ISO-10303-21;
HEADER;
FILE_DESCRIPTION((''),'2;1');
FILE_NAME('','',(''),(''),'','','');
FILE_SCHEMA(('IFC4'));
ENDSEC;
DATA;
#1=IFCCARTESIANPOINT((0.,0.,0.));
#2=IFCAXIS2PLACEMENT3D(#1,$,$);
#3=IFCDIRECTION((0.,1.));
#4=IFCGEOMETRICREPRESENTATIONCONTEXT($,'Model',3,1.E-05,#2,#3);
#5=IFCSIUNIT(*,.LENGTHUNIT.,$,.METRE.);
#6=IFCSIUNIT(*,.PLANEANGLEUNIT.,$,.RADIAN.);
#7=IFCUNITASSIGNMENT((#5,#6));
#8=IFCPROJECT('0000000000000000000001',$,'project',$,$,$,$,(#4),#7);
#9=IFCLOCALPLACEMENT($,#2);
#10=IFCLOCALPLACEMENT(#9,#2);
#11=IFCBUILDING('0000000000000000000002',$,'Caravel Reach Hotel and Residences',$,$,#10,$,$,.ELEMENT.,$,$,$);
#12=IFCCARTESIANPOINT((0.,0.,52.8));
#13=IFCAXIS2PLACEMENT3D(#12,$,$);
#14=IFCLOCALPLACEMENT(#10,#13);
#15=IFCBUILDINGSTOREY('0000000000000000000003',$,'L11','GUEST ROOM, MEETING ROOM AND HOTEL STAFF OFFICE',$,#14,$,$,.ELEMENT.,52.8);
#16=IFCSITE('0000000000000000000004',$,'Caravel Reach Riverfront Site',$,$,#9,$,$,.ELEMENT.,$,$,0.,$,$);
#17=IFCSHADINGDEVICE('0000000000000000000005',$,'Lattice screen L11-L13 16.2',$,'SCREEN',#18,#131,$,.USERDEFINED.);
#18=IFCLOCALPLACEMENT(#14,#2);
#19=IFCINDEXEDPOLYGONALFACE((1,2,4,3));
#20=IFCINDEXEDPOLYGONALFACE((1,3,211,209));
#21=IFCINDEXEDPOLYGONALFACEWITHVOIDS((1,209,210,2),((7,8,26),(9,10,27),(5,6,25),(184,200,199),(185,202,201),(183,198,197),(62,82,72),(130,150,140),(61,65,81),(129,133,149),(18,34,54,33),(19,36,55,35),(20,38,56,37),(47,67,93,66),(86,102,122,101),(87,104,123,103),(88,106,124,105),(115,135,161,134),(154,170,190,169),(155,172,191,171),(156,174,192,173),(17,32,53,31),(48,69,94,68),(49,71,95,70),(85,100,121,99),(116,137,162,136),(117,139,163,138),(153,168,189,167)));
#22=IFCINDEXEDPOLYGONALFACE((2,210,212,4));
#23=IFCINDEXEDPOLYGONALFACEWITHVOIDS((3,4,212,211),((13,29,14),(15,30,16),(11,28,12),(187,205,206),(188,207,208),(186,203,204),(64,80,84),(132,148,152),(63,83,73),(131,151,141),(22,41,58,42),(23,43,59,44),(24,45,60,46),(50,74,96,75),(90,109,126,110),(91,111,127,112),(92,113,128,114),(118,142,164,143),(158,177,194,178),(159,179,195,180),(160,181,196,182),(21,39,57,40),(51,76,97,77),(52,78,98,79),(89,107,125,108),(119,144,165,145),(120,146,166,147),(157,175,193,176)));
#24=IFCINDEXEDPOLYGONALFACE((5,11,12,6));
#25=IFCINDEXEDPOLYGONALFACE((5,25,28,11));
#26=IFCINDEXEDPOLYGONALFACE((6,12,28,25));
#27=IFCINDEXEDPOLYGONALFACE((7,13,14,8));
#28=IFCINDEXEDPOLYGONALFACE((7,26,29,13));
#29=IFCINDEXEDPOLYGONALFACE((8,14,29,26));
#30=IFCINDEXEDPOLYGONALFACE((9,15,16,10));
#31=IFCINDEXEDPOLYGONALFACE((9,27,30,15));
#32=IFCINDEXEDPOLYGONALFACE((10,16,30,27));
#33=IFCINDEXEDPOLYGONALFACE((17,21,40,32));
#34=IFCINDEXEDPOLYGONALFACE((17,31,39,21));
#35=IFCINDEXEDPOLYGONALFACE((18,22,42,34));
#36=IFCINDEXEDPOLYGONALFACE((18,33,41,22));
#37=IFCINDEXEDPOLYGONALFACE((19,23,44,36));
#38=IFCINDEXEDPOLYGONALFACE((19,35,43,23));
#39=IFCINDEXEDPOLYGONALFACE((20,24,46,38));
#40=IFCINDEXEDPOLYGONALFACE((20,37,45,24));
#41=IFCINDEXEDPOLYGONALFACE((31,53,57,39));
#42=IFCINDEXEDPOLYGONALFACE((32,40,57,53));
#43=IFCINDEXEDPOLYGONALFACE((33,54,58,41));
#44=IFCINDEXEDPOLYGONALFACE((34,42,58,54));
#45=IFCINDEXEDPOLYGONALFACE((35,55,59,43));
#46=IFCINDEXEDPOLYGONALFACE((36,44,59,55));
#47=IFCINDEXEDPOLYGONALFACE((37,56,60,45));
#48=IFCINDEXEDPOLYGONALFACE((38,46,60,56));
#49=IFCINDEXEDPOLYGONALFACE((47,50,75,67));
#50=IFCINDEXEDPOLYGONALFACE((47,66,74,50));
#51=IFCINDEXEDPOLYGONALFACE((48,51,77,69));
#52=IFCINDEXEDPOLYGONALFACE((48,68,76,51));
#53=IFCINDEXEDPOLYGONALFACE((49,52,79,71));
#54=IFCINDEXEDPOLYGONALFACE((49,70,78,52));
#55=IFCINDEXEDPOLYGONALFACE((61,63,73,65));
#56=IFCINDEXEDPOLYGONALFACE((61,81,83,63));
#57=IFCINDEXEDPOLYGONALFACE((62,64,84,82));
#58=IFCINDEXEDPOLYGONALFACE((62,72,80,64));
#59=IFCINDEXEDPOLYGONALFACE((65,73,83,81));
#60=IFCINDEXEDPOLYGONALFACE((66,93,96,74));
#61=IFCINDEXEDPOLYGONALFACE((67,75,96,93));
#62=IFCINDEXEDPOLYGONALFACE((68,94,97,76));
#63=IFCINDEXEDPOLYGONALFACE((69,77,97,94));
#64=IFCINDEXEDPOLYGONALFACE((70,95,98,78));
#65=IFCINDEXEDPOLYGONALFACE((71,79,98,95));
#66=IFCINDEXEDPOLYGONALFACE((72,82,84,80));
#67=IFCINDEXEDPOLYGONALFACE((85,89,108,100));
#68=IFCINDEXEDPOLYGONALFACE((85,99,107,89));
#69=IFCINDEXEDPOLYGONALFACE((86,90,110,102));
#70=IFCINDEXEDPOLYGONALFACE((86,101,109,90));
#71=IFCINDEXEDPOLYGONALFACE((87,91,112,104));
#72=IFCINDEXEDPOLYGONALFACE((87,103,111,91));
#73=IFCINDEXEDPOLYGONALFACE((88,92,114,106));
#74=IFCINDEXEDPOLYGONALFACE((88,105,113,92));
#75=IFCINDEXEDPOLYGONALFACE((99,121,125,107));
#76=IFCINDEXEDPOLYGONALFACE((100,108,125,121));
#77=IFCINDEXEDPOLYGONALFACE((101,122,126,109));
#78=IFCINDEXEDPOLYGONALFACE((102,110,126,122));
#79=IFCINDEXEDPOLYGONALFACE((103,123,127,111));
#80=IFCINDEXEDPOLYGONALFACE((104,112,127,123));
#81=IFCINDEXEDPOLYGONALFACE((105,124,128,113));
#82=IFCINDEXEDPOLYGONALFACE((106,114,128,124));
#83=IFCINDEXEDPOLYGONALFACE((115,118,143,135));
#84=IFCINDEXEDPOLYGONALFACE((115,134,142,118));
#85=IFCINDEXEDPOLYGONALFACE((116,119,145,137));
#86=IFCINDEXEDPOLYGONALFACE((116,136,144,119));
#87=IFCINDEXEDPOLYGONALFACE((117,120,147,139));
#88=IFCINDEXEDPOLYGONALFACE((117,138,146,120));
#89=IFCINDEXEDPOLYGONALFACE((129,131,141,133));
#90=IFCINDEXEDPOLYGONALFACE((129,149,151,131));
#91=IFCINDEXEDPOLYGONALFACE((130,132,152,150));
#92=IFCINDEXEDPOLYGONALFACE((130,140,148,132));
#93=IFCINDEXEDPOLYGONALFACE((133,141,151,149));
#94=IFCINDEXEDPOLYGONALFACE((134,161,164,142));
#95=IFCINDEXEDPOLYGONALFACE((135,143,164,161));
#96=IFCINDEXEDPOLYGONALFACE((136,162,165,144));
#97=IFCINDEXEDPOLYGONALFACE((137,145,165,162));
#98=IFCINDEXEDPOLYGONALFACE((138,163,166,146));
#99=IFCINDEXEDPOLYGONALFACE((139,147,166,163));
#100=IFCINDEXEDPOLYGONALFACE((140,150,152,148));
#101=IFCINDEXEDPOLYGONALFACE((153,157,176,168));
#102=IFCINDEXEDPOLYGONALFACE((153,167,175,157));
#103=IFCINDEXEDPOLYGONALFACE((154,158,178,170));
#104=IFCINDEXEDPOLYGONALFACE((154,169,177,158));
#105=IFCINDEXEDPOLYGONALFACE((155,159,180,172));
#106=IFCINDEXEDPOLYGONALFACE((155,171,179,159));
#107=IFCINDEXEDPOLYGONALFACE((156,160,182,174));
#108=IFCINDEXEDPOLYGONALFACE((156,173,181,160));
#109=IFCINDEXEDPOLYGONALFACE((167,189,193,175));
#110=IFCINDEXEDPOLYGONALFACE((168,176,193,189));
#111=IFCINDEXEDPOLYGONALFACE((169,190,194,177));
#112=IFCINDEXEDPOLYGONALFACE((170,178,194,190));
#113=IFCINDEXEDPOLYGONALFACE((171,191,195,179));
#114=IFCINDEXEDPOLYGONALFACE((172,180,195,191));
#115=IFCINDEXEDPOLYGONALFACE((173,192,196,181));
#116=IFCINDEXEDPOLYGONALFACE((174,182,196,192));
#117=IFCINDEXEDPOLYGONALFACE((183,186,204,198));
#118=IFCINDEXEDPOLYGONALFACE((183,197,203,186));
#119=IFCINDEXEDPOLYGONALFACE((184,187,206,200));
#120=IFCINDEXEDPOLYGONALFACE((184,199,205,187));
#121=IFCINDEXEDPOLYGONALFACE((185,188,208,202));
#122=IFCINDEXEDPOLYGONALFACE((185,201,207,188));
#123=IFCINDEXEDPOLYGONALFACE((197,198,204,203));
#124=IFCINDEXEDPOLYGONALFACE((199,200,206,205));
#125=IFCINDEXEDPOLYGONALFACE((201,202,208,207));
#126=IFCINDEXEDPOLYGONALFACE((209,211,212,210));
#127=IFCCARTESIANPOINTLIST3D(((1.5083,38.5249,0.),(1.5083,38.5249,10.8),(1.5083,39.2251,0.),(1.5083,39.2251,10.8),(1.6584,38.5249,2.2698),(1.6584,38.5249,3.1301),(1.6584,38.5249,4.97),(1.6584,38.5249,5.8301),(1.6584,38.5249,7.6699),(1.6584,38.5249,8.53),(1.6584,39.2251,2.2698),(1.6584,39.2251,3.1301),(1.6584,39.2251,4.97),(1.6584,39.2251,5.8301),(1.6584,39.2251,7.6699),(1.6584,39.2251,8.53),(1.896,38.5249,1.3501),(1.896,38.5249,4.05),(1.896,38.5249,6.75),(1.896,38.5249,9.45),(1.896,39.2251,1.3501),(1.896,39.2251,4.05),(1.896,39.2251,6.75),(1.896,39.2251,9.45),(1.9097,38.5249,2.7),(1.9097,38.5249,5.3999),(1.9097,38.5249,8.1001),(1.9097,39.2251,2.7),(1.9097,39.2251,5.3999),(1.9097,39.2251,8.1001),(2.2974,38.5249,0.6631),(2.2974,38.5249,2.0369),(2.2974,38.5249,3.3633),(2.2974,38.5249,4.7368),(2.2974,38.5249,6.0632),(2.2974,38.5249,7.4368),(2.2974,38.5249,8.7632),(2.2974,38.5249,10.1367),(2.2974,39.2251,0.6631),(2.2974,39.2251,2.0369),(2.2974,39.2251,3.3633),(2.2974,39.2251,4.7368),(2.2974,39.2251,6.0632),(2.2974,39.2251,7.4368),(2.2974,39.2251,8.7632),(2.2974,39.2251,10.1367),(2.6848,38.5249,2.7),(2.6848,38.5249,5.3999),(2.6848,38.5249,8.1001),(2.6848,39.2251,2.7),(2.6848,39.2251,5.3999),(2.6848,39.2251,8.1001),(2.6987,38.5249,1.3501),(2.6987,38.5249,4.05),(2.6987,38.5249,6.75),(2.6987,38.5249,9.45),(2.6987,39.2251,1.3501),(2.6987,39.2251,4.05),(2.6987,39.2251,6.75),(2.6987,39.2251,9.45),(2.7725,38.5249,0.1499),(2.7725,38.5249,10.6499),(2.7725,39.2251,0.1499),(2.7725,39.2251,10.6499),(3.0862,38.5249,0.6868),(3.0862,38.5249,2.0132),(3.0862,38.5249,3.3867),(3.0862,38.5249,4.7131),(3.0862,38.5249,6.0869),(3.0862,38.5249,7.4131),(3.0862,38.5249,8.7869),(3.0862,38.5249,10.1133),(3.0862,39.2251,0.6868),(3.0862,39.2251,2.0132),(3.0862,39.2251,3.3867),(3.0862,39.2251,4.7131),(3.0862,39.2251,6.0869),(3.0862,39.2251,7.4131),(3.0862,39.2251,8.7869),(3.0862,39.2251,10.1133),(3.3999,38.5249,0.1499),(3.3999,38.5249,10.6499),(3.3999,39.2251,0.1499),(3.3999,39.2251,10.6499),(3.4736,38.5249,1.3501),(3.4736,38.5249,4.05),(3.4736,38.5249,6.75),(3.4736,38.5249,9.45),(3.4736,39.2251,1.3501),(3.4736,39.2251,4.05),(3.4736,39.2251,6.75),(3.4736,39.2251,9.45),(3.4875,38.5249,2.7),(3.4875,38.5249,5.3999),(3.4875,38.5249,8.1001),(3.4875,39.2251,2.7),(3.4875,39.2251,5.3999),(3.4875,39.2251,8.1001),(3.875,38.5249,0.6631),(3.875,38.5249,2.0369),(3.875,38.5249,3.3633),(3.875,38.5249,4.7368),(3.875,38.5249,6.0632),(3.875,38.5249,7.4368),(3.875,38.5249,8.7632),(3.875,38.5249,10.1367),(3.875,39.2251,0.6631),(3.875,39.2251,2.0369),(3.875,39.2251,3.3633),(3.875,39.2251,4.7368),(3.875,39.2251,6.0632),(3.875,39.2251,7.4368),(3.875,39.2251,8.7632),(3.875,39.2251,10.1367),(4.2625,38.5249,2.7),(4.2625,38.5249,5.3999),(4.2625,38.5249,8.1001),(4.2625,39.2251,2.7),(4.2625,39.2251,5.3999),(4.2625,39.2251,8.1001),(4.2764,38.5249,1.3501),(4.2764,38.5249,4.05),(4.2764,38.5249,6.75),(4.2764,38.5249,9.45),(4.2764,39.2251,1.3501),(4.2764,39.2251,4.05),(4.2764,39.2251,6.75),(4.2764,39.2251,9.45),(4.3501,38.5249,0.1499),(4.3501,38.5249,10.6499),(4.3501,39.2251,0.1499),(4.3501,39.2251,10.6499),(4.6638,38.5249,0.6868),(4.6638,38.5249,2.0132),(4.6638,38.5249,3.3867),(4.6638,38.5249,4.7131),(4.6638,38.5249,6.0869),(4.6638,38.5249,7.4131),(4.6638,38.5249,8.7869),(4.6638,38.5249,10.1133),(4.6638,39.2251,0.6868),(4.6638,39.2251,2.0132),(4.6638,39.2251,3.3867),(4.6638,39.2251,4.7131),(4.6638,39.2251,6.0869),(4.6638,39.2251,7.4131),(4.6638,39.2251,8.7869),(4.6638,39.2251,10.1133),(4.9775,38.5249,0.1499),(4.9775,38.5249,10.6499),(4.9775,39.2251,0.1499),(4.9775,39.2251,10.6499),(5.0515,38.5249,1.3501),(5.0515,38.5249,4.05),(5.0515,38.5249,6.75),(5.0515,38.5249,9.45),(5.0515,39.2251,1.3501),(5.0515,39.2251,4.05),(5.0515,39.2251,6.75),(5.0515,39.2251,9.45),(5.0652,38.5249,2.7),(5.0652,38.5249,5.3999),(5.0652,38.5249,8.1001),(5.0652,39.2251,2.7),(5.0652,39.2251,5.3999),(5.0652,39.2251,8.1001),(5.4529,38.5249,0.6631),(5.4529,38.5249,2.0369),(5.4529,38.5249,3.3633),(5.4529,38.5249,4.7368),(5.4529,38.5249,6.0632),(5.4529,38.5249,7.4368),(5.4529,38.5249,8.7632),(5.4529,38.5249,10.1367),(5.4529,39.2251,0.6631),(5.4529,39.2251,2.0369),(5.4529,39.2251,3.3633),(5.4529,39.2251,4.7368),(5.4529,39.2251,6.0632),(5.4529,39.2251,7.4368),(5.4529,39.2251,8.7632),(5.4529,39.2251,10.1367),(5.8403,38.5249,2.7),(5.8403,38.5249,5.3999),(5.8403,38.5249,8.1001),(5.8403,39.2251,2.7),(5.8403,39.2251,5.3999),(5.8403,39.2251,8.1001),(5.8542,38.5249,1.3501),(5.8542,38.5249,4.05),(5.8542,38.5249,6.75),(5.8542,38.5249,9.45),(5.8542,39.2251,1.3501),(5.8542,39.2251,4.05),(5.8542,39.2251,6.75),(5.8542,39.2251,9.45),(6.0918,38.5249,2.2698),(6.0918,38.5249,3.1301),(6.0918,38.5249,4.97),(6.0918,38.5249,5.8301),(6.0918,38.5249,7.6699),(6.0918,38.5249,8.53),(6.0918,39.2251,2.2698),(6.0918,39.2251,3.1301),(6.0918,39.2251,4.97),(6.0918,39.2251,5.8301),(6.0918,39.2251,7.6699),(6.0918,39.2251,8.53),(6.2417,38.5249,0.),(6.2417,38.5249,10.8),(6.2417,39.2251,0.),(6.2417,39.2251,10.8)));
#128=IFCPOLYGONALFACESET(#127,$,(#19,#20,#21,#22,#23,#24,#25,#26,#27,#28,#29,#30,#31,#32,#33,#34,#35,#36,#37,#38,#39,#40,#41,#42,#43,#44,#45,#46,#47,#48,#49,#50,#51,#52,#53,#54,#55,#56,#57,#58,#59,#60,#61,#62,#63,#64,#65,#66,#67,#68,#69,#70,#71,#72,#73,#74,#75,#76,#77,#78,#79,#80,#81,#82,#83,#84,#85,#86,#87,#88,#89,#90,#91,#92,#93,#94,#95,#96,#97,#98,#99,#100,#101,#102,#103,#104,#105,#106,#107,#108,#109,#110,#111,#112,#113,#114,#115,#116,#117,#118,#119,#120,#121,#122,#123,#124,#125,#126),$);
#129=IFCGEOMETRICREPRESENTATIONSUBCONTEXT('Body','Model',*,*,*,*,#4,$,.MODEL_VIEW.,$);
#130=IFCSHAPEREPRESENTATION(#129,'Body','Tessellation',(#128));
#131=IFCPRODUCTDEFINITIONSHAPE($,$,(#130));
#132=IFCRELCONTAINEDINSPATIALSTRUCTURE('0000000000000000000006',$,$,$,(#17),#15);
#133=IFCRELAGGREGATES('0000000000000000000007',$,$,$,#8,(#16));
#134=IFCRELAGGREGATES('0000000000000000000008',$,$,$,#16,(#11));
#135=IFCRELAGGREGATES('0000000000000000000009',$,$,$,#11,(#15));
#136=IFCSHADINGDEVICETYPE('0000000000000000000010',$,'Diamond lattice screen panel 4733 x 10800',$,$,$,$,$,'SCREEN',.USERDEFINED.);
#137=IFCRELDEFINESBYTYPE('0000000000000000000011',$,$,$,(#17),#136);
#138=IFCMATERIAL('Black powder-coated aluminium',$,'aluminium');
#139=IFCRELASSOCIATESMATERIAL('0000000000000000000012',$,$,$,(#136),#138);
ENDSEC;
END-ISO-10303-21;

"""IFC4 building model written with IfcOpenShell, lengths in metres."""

from ifc_helpers import new_model, si_unit, direction, frame, origin, place, context, subcontext, project, spatial, polyline, outline, extrude, material, type_object, element, save


model = new_model("IFC4")

# Units and contexts
model_context = context("Model", 3, precision=1e-05, world=origin(), true_north=direction((0.0, 1.0)))
body_context = subcontext(model_context, "Body", "Model", "MODEL_VIEW")
ifc_project = project(units=[si_unit("LENGTHUNIT", "METRE"), si_unit("PLANEANGLEUNIT", "RADIAN")], contexts=[model_context])

# Site, building, storey
site_placement = place(None, origin())
site = spatial("IfcSite", under=ifc_project, at=site_placement, Name="Caravel Reach Riverfront Site", CompositionType="ELEMENT", RefElevation=0.0)
building_placement = place(site_placement, origin())
building = spatial("IfcBuilding", under=site, at=building_placement, Name="Caravel Reach Hotel and Residences", CompositionType="ELEMENT")
storey_placement = place(building_placement, frame((0.0, 0.0, 52.8)))
storey = spatial("IfcBuildingStorey", under=building, at=storey_placement, Name="L11", Description="GUEST ROOM, MEETING ROOM AND HOTEL STAFF OFFICE", CompositionType="ELEMENT", Elevation=52.8)

# Shading device
ifc_material_1 = material(Name="Black powder-coated aluminium", Category="aluminium")
shading_device_type_1 = type_object("IfcShadingDeviceType", Name="Diamond lattice screen panel 4733 x 10800", ElementType="SCREEN", PredefinedType="USERDEFINED", material=ifc_material_1)
shading_device_1_placement = place(storey_placement, frame((6.2417, 38.5249, 0.0), z_axis=(0.0, 1.0, 0.0), x_axis=(-1.0, 0.0, 0.0)))
element("IfcShadingDevice", 1, at=shading_device_1_placement, inside=storey, type_object=shading_device_type_1, Name="Lattice screen L11-L13 16.2", ObjectType="SCREEN", PredefinedType="USERDEFINED", context=body_context, shape_type="SweptSolid", body=[
    extrude(outline(polyline([(0.0, 0.0), (4.7334, 0.0), (4.7334, 10.8), (0.0, 10.8), (0.0, 0.0)]), holes=[polyline([(0.4014, 2.7), (0.1499, 3.1301), (0.1499, 2.2698), (0.4014, 2.7)]), polyline([(0.4014, 5.3999), (0.1499, 5.8301), (0.1499, 4.97), (0.4014, 5.3999)]), polyline([(0.4014, 8.1001), (0.1499, 8.53), (0.1499, 7.6699), (0.4014, 8.1001)]), polyline([(0.7888, 2.0369), (0.3875, 1.3501), (0.7888, 0.6631), (1.1902, 1.3501), (0.7888, 2.0369)]), polyline([(0.7888, 4.7368), (0.3875, 4.05), (0.7888, 3.3633), (1.1902, 4.05), (0.7888, 4.7368)]), polyline([(0.7888, 7.4368), (0.3875, 6.75), (0.7888, 6.0632), (1.1902, 6.75), (0.7888, 7.4368)]), polyline([(0.7888, 10.1367), (0.3875, 9.45), (0.7888, 8.7632), (1.1902, 9.45), (0.7888, 10.1367)]), polyline([(1.5779, 0.6868), (1.2642, 0.1499), (1.8916, 0.1499), (1.5779, 0.6868)]), polyline([(1.5779, 3.3867), (1.1765, 2.7), (1.5779, 2.0132), (1.9792, 2.7), (1.5779, 3.3867)]), polyline([(1.5779, 6.0869), (1.1765, 5.3999), (1.5779, 4.7131), (1.9792, 5.3999), (1.5779, 6.0869)]), polyline([(1.5779, 8.7869), (1.1765, 8.1001), (1.5779, 7.4131), (1.9792, 8.1001), (1.5779, 8.7869)]), polyline([(1.5779, 10.1133), (1.8916, 10.6499), (1.2642, 10.6499), (1.5779, 10.1133)]), polyline([(2.3667, 2.0369), (1.9653, 1.3501), (2.3667, 0.6631), (2.7681, 1.3501), (2.3667, 2.0369)]), polyline([(2.3667, 4.7368), (1.9653, 4.05), (2.3667, 3.3633), (2.7681, 4.05), (2.3667, 4.7368)]), polyline([(2.3667, 7.4368), (1.9653, 6.75), (2.3667, 6.0632), (2.7681, 6.75), (2.3667, 7.4368)]), polyline([(2.3667, 10.1367), (1.9653, 9.45), (2.3667, 8.7632), (2.7681, 9.45), (2.3667, 10.1367)]), polyline([(3.1555, 0.6868), (2.8418, 0.1499), (3.4692, 0.1499), (3.1555, 0.6868)]), polyline([(3.1555, 3.3867), (2.7542, 2.7), (3.1555, 2.0132), (3.5569, 2.7), (3.1555, 3.3867)]), polyline([(3.1555, 6.0869), (2.7542, 5.3999), (3.1555, 4.7131), (3.5569, 5.3999), (3.1555, 6.0869)]), polyline([(3.1555, 8.7869), (2.7542, 8.1001), (3.1555, 7.4131), (3.5569, 8.1001), (3.1555, 8.7869)]), polyline([(3.1555, 10.1133), (3.4692, 10.6499), (2.8418, 10.6499), (3.1555, 10.1133)]), polyline([(3.9443, 2.0369), (3.543, 1.3501), (3.9443, 0.6631), (4.3457, 1.3501), (3.9443, 2.0369)]), polyline([(3.9443, 4.7368), (3.543, 4.05), (3.9443, 3.3633), (4.3457, 4.05), (3.9443, 4.7368)]), polyline([(3.9443, 7.4368), (3.543, 6.75), (3.9443, 6.0632), (4.3457, 6.75), (3.9443, 7.4368)]), polyline([(3.9443, 10.1367), (3.543, 9.45), (3.9443, 8.7632), (4.3457, 9.45), (3.9443, 10.1367)]), polyline([(4.332, 2.7), (4.5833, 2.2698), (4.5833, 3.1301), (4.332, 2.7)]), polyline([(4.332, 5.3999), (4.5833, 4.97), (4.5833, 5.8301), (4.332, 5.3999)]), polyline([(4.332, 8.1001), (4.5833, 7.6699), (4.5833, 8.53), (4.332, 8.1001)])]), origin(), (0.0, 0.0, 1.0), 0.7002),
])

save(model, "model.ifc")
